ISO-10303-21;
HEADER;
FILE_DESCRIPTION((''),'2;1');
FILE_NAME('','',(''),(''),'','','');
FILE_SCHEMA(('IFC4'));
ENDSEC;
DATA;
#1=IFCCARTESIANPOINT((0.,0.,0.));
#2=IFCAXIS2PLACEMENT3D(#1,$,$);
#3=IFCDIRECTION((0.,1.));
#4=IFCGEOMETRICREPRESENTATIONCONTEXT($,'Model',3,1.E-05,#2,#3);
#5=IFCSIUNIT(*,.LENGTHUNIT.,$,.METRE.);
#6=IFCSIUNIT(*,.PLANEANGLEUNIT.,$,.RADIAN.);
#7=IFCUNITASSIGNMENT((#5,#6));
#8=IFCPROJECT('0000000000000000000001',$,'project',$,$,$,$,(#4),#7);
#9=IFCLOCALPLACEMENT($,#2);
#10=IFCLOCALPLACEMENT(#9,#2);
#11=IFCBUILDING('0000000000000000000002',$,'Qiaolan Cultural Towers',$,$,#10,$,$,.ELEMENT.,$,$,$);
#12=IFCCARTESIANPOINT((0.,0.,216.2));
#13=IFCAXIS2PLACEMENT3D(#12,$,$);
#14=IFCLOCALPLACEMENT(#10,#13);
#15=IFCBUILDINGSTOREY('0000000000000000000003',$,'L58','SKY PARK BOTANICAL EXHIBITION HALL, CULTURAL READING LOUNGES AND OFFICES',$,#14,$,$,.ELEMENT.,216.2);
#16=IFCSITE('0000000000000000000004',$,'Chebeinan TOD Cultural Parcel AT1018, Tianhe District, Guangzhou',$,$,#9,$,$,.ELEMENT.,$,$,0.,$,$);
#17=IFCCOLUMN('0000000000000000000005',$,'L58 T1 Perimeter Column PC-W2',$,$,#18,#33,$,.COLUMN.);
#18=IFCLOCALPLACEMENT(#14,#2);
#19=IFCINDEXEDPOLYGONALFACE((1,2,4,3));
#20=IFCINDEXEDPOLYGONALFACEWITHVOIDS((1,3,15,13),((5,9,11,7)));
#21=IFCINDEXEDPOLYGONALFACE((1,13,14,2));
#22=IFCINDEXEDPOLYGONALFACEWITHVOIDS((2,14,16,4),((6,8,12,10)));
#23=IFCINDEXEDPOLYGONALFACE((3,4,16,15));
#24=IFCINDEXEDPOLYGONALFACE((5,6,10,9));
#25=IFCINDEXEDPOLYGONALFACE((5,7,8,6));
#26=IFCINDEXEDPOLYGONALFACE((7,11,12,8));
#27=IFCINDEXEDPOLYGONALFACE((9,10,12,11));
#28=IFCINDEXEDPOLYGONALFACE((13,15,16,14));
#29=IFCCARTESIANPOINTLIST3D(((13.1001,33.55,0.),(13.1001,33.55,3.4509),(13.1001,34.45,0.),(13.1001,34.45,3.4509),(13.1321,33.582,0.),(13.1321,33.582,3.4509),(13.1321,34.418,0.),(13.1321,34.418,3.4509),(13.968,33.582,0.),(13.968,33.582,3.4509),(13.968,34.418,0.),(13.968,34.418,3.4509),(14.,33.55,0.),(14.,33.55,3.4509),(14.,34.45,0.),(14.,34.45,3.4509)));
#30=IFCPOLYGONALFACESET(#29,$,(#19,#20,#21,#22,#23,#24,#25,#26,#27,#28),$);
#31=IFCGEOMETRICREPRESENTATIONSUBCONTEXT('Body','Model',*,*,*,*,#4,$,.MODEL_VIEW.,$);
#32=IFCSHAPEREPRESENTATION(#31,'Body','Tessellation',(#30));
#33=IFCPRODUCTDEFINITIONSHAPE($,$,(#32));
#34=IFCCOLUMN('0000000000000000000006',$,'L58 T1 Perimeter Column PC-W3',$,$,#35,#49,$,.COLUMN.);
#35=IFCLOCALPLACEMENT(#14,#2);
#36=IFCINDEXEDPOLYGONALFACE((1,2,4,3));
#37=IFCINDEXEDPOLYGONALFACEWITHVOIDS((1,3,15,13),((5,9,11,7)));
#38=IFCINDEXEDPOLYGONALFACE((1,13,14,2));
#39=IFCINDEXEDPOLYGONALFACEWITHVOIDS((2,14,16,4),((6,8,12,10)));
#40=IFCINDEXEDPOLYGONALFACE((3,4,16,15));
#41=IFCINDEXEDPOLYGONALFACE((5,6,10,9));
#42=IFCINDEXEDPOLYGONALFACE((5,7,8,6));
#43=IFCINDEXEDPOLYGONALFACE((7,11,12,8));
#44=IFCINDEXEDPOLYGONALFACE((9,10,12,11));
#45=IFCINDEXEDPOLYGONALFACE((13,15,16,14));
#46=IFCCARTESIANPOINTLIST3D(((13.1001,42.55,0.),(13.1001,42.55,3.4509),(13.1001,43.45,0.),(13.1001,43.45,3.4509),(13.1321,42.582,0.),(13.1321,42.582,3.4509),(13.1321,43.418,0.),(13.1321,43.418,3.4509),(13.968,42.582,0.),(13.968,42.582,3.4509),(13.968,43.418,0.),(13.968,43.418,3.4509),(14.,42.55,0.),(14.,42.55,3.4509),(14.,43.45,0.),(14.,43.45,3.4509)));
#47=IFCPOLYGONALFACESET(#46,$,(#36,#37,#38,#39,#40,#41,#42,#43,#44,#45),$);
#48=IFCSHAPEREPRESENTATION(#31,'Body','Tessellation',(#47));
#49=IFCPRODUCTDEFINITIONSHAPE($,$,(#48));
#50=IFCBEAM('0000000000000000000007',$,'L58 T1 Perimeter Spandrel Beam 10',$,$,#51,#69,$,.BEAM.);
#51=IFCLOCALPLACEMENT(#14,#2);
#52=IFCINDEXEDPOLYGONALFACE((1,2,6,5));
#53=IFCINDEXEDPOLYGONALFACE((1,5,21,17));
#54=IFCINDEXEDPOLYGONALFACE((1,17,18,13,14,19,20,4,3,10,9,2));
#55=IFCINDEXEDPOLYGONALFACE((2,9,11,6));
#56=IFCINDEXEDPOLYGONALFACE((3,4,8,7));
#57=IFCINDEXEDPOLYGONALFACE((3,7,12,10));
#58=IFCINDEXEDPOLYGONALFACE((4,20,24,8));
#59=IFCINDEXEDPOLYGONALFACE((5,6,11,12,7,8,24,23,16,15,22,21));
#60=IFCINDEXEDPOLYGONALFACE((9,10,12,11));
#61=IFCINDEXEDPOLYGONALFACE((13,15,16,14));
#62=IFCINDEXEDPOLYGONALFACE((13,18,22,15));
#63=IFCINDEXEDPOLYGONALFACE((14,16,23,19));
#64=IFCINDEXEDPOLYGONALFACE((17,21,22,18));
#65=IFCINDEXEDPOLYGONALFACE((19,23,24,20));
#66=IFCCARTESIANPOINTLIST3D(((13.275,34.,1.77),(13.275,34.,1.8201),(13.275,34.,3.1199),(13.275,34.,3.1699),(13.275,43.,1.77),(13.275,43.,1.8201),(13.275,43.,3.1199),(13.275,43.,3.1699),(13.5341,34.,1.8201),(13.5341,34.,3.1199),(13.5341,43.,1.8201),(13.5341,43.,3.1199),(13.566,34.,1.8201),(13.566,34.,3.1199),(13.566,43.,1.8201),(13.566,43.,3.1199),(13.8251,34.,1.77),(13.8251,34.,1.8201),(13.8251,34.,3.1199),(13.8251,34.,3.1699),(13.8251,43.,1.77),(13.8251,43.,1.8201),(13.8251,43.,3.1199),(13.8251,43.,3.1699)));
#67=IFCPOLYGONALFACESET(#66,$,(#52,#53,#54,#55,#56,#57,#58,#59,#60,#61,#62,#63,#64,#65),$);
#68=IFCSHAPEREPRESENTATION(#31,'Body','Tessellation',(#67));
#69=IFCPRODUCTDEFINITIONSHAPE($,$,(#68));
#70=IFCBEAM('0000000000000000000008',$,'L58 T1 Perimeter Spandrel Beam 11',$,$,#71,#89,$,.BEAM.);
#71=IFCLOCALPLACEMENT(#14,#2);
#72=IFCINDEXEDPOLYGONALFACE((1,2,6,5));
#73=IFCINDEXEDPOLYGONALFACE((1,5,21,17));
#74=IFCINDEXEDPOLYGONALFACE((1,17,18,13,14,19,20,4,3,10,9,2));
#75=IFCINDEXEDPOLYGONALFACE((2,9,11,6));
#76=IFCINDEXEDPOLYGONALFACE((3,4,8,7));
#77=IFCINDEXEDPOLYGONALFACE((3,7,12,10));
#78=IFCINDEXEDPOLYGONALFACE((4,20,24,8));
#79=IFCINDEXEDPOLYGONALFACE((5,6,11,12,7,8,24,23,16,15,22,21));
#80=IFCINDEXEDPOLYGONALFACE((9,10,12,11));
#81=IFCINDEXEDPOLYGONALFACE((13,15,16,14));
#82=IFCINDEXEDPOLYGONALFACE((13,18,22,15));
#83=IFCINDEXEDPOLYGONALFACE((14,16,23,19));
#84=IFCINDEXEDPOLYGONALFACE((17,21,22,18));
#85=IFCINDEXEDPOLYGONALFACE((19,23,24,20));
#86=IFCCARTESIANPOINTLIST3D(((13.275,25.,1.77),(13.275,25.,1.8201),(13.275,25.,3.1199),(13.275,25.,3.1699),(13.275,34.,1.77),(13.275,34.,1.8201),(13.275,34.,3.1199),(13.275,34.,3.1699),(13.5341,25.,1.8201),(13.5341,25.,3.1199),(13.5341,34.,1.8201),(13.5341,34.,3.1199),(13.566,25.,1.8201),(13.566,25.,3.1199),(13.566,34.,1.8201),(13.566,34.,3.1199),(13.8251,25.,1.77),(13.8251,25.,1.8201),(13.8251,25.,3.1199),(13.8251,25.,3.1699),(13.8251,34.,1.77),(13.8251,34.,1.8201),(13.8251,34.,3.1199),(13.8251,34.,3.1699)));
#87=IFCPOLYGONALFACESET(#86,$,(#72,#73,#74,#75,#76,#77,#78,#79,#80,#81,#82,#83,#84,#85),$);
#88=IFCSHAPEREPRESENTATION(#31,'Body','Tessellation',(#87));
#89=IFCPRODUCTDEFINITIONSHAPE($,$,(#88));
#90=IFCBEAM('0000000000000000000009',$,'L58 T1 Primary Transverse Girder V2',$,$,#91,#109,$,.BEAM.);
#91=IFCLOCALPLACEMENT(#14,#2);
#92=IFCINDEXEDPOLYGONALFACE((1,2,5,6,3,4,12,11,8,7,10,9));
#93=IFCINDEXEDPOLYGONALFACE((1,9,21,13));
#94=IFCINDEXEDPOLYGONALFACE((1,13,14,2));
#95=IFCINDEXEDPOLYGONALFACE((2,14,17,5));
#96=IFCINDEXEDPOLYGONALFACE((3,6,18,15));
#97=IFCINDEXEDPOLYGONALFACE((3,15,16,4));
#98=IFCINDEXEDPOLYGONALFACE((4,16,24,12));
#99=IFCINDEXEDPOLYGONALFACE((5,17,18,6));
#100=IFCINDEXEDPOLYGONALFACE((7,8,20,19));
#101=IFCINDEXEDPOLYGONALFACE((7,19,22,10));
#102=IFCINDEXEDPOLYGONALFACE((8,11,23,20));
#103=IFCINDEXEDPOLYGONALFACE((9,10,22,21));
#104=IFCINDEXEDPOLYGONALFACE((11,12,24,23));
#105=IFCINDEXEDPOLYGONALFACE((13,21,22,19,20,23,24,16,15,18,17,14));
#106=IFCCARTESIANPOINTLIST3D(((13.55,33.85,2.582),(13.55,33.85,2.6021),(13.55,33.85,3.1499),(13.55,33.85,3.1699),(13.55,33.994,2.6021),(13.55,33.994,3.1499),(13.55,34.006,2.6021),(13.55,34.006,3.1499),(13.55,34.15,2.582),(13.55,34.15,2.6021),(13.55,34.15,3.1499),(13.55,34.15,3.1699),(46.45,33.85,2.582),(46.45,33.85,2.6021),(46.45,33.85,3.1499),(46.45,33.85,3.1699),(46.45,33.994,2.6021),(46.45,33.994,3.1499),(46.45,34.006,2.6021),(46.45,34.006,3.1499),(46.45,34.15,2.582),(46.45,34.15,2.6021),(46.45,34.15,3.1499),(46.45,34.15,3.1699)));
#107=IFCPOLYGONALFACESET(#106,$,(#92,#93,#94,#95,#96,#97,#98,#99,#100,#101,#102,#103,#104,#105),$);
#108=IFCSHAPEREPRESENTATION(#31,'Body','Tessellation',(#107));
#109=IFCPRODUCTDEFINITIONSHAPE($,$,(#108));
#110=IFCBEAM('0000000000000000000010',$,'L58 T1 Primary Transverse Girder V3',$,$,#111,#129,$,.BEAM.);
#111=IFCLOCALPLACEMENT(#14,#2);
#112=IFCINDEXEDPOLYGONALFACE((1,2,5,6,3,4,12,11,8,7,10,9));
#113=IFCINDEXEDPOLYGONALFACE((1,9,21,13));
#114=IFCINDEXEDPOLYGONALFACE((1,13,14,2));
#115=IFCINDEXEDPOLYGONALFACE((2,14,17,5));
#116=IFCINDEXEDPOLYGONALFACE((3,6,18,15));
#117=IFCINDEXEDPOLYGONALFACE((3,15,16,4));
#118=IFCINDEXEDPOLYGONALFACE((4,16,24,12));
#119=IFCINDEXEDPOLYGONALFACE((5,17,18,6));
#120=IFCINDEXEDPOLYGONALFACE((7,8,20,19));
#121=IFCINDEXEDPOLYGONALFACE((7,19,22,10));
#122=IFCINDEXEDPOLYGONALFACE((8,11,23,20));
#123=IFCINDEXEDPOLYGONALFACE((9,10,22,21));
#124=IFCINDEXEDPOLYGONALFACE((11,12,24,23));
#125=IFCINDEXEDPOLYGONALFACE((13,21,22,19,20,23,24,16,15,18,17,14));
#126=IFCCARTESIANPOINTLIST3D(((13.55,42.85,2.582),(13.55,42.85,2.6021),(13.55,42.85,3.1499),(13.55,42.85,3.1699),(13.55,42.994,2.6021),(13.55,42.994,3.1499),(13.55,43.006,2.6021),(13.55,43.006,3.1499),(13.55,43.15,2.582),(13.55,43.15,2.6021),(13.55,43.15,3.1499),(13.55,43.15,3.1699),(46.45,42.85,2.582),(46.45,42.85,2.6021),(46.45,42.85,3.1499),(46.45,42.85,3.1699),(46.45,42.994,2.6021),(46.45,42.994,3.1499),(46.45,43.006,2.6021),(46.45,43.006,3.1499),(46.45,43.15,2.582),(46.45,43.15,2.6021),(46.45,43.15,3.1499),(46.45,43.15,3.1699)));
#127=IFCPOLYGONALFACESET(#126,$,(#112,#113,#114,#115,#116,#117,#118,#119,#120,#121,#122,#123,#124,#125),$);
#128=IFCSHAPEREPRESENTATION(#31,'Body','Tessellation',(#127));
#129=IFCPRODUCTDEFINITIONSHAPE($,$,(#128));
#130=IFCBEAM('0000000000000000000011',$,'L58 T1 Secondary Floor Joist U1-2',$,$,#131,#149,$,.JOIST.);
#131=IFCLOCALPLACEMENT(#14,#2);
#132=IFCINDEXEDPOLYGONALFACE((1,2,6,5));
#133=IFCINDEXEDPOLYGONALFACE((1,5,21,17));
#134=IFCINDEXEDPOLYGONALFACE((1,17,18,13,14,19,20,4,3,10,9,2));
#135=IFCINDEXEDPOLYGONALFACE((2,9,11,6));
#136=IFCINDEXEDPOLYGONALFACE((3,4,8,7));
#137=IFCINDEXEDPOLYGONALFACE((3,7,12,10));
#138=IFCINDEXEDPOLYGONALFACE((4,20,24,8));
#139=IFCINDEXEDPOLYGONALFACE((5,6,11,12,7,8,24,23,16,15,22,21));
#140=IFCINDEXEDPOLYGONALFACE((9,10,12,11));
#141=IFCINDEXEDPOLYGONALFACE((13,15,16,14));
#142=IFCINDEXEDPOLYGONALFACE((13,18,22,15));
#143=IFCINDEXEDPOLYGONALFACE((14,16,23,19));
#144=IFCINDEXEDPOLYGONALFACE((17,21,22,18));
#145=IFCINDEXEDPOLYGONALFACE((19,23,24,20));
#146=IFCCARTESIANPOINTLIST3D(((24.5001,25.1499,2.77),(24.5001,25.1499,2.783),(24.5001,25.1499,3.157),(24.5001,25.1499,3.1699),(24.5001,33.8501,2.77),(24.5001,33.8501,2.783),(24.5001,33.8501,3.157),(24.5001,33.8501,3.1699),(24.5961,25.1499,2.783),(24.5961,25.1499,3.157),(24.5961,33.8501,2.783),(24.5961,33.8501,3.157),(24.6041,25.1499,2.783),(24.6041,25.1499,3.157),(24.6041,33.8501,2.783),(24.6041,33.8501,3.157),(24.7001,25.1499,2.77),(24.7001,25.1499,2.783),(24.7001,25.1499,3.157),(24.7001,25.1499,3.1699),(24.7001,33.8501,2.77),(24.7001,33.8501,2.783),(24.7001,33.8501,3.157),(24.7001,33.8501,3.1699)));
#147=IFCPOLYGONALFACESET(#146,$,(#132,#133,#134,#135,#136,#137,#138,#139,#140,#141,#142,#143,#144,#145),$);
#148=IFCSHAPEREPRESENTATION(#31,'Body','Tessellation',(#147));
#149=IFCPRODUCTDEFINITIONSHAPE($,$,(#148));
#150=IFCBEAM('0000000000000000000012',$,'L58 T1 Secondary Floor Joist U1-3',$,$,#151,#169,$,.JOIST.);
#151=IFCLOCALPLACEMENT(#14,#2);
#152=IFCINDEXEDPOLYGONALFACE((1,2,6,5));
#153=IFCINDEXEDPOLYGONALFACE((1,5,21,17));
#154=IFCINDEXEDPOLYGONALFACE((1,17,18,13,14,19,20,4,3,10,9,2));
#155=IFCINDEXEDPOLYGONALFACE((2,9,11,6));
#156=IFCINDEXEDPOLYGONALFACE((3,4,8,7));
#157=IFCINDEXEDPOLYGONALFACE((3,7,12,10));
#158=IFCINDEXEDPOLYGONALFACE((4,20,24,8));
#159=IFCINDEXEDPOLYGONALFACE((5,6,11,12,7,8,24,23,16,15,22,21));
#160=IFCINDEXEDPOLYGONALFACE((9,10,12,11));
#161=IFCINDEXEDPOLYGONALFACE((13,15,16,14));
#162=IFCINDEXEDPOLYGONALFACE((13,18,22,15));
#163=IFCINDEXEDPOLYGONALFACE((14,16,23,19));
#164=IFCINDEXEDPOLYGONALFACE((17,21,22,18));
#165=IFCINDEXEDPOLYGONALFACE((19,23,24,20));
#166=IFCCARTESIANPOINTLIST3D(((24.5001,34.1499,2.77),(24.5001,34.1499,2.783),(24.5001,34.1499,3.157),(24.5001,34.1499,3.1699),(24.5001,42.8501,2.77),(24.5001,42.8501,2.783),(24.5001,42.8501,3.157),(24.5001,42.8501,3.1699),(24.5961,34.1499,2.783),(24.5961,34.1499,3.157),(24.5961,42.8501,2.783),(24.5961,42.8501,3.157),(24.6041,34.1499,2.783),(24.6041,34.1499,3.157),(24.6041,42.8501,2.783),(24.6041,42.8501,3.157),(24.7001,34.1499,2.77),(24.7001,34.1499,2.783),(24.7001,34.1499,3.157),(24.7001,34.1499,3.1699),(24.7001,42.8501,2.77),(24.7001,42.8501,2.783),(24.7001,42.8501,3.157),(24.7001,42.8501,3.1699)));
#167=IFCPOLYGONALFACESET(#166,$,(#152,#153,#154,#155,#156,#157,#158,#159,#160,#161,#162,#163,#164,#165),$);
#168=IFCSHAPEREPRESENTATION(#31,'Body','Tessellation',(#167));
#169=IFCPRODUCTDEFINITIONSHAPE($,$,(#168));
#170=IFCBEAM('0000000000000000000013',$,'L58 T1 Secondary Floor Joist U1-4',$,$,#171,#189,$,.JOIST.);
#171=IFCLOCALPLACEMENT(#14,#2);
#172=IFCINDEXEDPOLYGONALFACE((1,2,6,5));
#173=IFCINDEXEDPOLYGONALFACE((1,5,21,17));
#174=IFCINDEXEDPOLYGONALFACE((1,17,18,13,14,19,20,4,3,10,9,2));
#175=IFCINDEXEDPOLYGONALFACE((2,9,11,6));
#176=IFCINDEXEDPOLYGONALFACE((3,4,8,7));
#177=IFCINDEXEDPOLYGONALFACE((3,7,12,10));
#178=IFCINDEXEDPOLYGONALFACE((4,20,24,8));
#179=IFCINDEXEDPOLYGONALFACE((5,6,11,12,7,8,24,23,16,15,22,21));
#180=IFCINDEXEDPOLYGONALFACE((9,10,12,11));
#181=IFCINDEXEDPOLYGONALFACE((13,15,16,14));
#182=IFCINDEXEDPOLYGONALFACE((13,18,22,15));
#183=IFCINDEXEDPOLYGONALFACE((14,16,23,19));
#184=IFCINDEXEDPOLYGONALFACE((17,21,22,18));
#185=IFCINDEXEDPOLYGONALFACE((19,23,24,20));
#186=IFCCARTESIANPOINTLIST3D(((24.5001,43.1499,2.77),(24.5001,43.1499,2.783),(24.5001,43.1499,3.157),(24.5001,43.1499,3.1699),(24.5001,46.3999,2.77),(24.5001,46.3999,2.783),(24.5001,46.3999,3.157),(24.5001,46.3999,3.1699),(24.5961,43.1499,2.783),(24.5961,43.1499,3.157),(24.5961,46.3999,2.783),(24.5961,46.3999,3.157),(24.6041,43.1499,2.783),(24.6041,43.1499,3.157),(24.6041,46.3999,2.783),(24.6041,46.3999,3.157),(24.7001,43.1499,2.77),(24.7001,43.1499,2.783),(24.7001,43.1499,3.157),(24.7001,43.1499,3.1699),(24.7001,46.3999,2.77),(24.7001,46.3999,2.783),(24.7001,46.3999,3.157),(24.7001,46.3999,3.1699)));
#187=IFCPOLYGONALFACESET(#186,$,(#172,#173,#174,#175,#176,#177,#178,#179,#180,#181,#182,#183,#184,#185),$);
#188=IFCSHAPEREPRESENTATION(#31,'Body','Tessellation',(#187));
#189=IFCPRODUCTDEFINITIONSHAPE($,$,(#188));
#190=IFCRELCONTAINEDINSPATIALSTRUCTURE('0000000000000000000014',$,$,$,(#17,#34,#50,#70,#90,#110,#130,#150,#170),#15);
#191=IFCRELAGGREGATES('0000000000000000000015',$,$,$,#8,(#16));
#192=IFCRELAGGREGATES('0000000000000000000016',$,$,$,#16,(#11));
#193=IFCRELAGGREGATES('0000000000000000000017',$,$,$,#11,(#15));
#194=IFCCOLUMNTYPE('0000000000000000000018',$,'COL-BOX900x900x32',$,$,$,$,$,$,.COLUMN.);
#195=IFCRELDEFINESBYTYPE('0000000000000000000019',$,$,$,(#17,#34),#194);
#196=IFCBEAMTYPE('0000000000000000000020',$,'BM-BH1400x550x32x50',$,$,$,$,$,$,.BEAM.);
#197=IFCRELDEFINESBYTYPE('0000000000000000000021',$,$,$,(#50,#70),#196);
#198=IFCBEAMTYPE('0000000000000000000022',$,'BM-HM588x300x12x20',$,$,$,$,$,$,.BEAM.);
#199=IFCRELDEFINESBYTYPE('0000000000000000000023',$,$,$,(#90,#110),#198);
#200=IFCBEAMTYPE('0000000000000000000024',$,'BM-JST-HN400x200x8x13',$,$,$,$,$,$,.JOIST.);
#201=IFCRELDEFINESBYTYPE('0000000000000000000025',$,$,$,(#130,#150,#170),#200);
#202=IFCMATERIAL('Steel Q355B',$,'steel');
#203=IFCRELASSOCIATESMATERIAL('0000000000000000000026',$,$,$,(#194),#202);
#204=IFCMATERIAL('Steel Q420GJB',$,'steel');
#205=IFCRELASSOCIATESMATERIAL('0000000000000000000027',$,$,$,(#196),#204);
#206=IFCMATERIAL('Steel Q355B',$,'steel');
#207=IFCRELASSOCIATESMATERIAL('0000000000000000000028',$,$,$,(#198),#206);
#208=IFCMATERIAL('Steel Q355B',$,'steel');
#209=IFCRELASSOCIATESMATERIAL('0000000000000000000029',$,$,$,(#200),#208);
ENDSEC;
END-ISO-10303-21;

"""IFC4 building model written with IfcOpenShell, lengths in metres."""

from ifc_helpers import new_model, si_unit, direction, frame, origin, origin_2d, place, context, subcontext, project, spatial, hollow_rectangle, i_section, extrude, material, material_profile, profile_set, type_object, element, save


model = new_model("IFC4")

# Units and contexts
model_context = context("Model", 3, precision=1e-05, world=origin(), true_north=direction((0.0, 1.0)))
body_context = subcontext(model_context, "Body", "Model", "MODEL_VIEW")
ifc_project = project(units=[si_unit("LENGTHUNIT", "METRE"), si_unit("PLANEANGLEUNIT", "RADIAN")], contexts=[model_context])

# Site, building, storey
site_placement = place(None, origin())
site = spatial("IfcSite", under=ifc_project, at=site_placement, Name="Chebeinan TOD Cultural Parcel AT1018, Tianhe District, Guangzhou", CompositionType="ELEMENT", RefElevation=0.0)
building_placement = place(site_placement, origin())
building = spatial("IfcBuilding", under=site, at=building_placement, Name="Qiaolan Cultural Towers", CompositionType="ELEMENT")
storey_placement = place(building_placement, frame((0.0, 0.0, 216.2)))
storey = spatial("IfcBuildingStorey", under=building, at=storey_placement, Name="L58", Description="SKY PARK BOTANICAL EXHIBITION HALL, CULTURAL READING LOUNGES AND OFFICES", CompositionType="ELEMENT", Elevation=216.2)

# Columns
ifc_material_1 = material(Name="Steel Q355B", Category="steel")
ifc_material_profile_1 = material_profile(ifc_material_1, hollow_rectangle(XDim=0.8999, YDim=0.8999, WallThickness=0.032, at=origin_2d()), Name="BOX900x900x32")
ifc_profile_set_1 = profile_set([ifc_material_profile_1], Name="Steel Q355B")
column_type = type_object("IfcColumnType", Name="COL-BOX900x900x32", PredefinedType="COLUMN", material=ifc_profile_set_1)
for number, where, z_axis, x_axis, name in (
    (1, (13.55, 34.0, 0.0), (0.0, 0.0, 1.0), (1.0, 0.0, 0.0), "L58 T1 Perimeter Column PC-W2"),
    (2, (13.55, 43.0, 0.0), (0.0, 0.0, 1.0), (1.0, 0.0, 0.0), "L58 T1 Perimeter Column PC-W3"),
):
    element("IfcColumn", number, at=place(storey_placement, frame(where, z_axis=z_axis, x_axis=x_axis)), inside=storey, type_object=column_type, Name=name, PredefinedType="COLUMN", context=body_context, shape_type="SweptSolid", body=[
        extrude(hollow_rectangle(XDim=0.8999, YDim=0.8999, WallThickness=0.032, at=origin_2d()), origin(), (0.0, 0.0, 1.0), 3.4509),
    ])

# Beams
ifc_material_2 = material(Name="Steel Q420GJB", Category="steel")
ifc_material_profile_2 = material_profile(ifc_material_2, i_section(OverallWidth=0.55, OverallDepth=1.3999, WebThickness=0.032, FlangeThickness=0.05, at=origin_2d()), Name="BH1400x550x32x50")
ifc_profile_set_2 = profile_set([ifc_material_profile_2], Name="Steel Q420GJB")
beam_type_1 = type_object("IfcBeamType", Name="BM-BH1400x550x32x50", PredefinedType="BEAM", material=ifc_profile_set_2)
for number, where, z_axis, x_axis, name in (
    (3, (13.55, 43.0, 2.47), (0.0, -1.0, 0.0), (1.0, 0.0, 0.0), "L58 T1 Perimeter Spandrel Beam 10"),
    (4, (13.55, 34.0, 2.47), (0.0, -1.0, 0.0), (1.0, 0.0, 0.0), "L58 T1 Perimeter Spandrel Beam 11"),
):
    element("IfcBeam", number, at=place(storey_placement, frame(where, z_axis=z_axis, x_axis=x_axis)), inside=storey, type_object=beam_type_1, Name=name, PredefinedType="BEAM", context=body_context, shape_type="SweptSolid", body=[
        extrude(i_section(OverallWidth=0.55, OverallDepth=1.3999, WebThickness=0.032, FlangeThickness=0.05, at=origin_2d()), origin(), (0.0, 0.0, 1.0), 9.0),
    ])
ifc_material_3 = material(Name="Steel Q355B", Category="steel")
ifc_material_profile_3 = material_profile(ifc_material_3, i_section(OverallWidth=0.3, OverallDepth=0.5879, WebThickness=0.012, FlangeThickness=0.02, at=origin_2d()), Name="HM588x300x12x20")
ifc_profile_set_3 = profile_set([ifc_material_profile_3], Name="Steel Q355B")
beam_type_2 = type_object("IfcBeamType", Name="BM-HM588x300x12x20", PredefinedType="BEAM", material=ifc_profile_set_3)
for number, where, z_axis, x_axis, name in (
    (5, (13.55, 34.0, 2.876), (1.0, 0.0, 0.0), (0.0, 1.0, 0.0), "L58 T1 Primary Transverse Girder V2"),
    (6, (13.55, 43.0, 2.876), (1.0, 0.0, 0.0), (0.0, 1.0, 0.0), "L58 T1 Primary Transverse Girder V3"),
):
    element("IfcBeam", number, at=place(storey_placement, frame(where, z_axis=z_axis, x_axis=x_axis)), inside=storey, type_object=beam_type_2, Name=name, PredefinedType="BEAM", context=body_context, shape_type="SweptSolid", body=[
        extrude(i_section(OverallWidth=0.3, OverallDepth=0.5879, WebThickness=0.012, FlangeThickness=0.02, at=origin_2d()), origin(), (0.0, 0.0, 1.0), 32.8999),
    ])
ifc_material_4 = material(Name="Steel Q355B", Category="steel")
ifc_material_profile_4 = material_profile(ifc_material_4, i_section(OverallWidth=0.2, OverallDepth=0.3999, WebThickness=0.0081, FlangeThickness=0.0129, at=origin_2d()), Name="HN400x200x8x13")
ifc_profile_set_4 = profile_set([ifc_material_profile_4], Name="Steel Q355B")
beam_type_3 = type_object("IfcBeamType", Name="BM-JST-HN400x200x8x13", PredefinedType="JOIST", material=ifc_profile_set_4)
for number, where, z_axis, x_axis, name in (
    (7, (24.6001, 25.1499, 2.97), (0.0, 1.0, 0.0), (-1.0, 0.0, 0.0), "L58 T1 Secondary Floor Joist U1-2"),
    (8, (24.6001, 34.1499, 2.97), (0.0, 1.0, 0.0), (-1.0, 0.0, 0.0), "L58 T1 Secondary Floor Joist U1-3"),
):
    element("IfcBeam", number, at=place(storey_placement, frame(where, z_axis=z_axis, x_axis=x_axis)), inside=storey, type_object=beam_type_3, Name=name, PredefinedType="JOIST", context=body_context, shape_type="SweptSolid", body=[
        extrude(i_section(OverallWidth=0.2, OverallDepth=0.3999, WebThickness=0.0081, FlangeThickness=0.0129, at=origin_2d()), origin(), (0.0, 0.0, 1.0), 8.7002),
    ])
beam_placement = place(storey_placement, frame((24.6001, 43.1499, 2.97), z_axis=(0.0, 1.0, 0.0), x_axis=(-1.0, 0.0, 0.0)))
element("IfcBeam", 9, at=beam_placement, inside=storey, type_object=beam_type_3, Name="L58 T1 Secondary Floor Joist U1-4", PredefinedType="JOIST", context=body_context, shape_type="SweptSolid", body=[
    extrude(i_section(OverallWidth=0.2, OverallDepth=0.3999, WebThickness=0.0081, FlangeThickness=0.0129, at=origin_2d()), origin(), (0.0, 0.0, 1.0), 3.25),
])

save(model, "model.ifc")
